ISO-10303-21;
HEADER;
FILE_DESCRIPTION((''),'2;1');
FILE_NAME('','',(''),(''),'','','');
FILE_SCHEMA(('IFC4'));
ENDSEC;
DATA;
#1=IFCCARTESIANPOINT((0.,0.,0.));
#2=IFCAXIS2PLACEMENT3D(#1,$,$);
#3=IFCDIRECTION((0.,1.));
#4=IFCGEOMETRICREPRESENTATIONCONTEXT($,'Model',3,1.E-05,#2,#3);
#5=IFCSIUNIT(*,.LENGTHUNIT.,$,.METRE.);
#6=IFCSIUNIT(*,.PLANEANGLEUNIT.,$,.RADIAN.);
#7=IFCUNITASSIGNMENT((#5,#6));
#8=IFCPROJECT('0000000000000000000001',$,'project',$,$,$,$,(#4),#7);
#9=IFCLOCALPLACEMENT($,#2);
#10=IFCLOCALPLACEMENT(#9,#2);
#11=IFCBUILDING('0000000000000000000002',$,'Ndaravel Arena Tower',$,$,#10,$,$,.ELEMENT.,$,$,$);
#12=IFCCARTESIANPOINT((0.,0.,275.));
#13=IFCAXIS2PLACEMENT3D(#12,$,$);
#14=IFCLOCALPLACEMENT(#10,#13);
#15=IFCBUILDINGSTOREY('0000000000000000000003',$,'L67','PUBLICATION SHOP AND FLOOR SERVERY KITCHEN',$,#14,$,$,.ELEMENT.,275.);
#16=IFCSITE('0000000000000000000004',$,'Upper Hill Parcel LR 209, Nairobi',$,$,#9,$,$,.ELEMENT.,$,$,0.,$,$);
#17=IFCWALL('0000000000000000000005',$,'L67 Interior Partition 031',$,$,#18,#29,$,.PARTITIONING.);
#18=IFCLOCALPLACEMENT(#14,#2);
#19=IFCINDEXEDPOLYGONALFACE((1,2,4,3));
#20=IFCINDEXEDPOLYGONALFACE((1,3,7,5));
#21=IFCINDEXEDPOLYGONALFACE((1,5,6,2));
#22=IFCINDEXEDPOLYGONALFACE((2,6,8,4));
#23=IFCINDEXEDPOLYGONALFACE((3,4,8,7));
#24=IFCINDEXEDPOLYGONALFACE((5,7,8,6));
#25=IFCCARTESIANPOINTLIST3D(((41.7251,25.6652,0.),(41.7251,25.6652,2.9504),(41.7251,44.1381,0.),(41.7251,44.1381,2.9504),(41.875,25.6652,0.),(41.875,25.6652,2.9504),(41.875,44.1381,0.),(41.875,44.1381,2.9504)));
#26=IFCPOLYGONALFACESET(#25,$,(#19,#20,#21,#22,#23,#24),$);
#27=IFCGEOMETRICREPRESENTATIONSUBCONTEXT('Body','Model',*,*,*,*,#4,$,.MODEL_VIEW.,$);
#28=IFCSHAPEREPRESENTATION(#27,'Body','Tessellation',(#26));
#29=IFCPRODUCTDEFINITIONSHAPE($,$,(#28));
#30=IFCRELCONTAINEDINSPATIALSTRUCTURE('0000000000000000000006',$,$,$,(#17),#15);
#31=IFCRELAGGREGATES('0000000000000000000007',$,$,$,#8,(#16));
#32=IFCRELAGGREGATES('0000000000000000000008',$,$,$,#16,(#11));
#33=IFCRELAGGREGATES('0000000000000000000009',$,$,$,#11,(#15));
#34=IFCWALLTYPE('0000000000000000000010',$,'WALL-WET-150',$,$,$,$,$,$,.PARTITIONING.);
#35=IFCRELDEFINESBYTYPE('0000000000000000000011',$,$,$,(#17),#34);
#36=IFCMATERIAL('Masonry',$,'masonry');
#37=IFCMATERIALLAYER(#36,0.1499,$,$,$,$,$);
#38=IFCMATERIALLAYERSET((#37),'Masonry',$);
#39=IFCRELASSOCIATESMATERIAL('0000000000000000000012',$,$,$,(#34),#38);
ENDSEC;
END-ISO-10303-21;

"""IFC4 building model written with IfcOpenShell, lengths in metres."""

from ifc_helpers import new_model, si_unit, direction, frame, frame_2d, origin, place, context, subcontext, project, spatial, rectangle, extrude, material, layer, layer_set, type_object, element, save


model = new_model("IFC4")

# Units and contexts
model_context = context("Model", 3, precision=1e-05, world=origin(), true_north=direction((0.0, 1.0)))
body_context = subcontext(model_context, "Body", "Model", "MODEL_VIEW")
ifc_project = project(units=[si_unit("LENGTHUNIT", "METRE"), si_unit("PLANEANGLEUNIT", "RADIAN")], contexts=[model_context])

# Site, building, storey
site_placement = place(None, origin())
site = spatial("IfcSite", under=ifc_project, at=site_placement, Name="Upper Hill Parcel LR 209, Nairobi", CompositionType="ELEMENT", RefElevation=0.0)
building_placement = place(site_placement, origin())
building = spatial("IfcBuilding", under=site, at=building_placement, Name="Ndaravel Arena Tower", CompositionType="ELEMENT")
storey_placement = place(building_placement, frame((0.0, 0.0, 275.0)))
storey = spatial("IfcBuildingStorey", under=building, at=storey_placement, Name="L67", Description="PUBLICATION SHOP AND FLOOR SERVERY KITCHEN", CompositionType="ELEMENT", Elevation=275.0)

# Shared definitions
ifc_material_1 = material(Name="Masonry", Category="masonry")
ifc_layer_1 = layer(ifc_material_1, 0.1499)
ifc_layer_set_1 = layer_set([ifc_layer_1], Name="Masonry")
wall_type_1 = type_object("IfcWallType", Name="WALL-WET-150", PredefinedType="PARTITIONING", material=ifc_layer_set_1)

# Wall
wall_1_placement = place(storey_placement, frame((41.8, 44.1379, 0.0), z_axis=(0.0, 0.0, 1.0), x_axis=(0.0, -1.0, 0.0)))
element("IfcWall", 1, at=wall_1_placement, inside=storey, type_object=wall_type_1, Name="L67 Interior Partition 031", PredefinedType="PARTITIONING", context=body_context, shape_type="SweptSolid", body=[
    extrude(rectangle(XDim=18.4729, YDim=0.1499, at=frame_2d((9.2363, 0.0))), origin(), (0.0, 0.0, 1.0), 2.9504),
])

save(model, "model.ifc")
